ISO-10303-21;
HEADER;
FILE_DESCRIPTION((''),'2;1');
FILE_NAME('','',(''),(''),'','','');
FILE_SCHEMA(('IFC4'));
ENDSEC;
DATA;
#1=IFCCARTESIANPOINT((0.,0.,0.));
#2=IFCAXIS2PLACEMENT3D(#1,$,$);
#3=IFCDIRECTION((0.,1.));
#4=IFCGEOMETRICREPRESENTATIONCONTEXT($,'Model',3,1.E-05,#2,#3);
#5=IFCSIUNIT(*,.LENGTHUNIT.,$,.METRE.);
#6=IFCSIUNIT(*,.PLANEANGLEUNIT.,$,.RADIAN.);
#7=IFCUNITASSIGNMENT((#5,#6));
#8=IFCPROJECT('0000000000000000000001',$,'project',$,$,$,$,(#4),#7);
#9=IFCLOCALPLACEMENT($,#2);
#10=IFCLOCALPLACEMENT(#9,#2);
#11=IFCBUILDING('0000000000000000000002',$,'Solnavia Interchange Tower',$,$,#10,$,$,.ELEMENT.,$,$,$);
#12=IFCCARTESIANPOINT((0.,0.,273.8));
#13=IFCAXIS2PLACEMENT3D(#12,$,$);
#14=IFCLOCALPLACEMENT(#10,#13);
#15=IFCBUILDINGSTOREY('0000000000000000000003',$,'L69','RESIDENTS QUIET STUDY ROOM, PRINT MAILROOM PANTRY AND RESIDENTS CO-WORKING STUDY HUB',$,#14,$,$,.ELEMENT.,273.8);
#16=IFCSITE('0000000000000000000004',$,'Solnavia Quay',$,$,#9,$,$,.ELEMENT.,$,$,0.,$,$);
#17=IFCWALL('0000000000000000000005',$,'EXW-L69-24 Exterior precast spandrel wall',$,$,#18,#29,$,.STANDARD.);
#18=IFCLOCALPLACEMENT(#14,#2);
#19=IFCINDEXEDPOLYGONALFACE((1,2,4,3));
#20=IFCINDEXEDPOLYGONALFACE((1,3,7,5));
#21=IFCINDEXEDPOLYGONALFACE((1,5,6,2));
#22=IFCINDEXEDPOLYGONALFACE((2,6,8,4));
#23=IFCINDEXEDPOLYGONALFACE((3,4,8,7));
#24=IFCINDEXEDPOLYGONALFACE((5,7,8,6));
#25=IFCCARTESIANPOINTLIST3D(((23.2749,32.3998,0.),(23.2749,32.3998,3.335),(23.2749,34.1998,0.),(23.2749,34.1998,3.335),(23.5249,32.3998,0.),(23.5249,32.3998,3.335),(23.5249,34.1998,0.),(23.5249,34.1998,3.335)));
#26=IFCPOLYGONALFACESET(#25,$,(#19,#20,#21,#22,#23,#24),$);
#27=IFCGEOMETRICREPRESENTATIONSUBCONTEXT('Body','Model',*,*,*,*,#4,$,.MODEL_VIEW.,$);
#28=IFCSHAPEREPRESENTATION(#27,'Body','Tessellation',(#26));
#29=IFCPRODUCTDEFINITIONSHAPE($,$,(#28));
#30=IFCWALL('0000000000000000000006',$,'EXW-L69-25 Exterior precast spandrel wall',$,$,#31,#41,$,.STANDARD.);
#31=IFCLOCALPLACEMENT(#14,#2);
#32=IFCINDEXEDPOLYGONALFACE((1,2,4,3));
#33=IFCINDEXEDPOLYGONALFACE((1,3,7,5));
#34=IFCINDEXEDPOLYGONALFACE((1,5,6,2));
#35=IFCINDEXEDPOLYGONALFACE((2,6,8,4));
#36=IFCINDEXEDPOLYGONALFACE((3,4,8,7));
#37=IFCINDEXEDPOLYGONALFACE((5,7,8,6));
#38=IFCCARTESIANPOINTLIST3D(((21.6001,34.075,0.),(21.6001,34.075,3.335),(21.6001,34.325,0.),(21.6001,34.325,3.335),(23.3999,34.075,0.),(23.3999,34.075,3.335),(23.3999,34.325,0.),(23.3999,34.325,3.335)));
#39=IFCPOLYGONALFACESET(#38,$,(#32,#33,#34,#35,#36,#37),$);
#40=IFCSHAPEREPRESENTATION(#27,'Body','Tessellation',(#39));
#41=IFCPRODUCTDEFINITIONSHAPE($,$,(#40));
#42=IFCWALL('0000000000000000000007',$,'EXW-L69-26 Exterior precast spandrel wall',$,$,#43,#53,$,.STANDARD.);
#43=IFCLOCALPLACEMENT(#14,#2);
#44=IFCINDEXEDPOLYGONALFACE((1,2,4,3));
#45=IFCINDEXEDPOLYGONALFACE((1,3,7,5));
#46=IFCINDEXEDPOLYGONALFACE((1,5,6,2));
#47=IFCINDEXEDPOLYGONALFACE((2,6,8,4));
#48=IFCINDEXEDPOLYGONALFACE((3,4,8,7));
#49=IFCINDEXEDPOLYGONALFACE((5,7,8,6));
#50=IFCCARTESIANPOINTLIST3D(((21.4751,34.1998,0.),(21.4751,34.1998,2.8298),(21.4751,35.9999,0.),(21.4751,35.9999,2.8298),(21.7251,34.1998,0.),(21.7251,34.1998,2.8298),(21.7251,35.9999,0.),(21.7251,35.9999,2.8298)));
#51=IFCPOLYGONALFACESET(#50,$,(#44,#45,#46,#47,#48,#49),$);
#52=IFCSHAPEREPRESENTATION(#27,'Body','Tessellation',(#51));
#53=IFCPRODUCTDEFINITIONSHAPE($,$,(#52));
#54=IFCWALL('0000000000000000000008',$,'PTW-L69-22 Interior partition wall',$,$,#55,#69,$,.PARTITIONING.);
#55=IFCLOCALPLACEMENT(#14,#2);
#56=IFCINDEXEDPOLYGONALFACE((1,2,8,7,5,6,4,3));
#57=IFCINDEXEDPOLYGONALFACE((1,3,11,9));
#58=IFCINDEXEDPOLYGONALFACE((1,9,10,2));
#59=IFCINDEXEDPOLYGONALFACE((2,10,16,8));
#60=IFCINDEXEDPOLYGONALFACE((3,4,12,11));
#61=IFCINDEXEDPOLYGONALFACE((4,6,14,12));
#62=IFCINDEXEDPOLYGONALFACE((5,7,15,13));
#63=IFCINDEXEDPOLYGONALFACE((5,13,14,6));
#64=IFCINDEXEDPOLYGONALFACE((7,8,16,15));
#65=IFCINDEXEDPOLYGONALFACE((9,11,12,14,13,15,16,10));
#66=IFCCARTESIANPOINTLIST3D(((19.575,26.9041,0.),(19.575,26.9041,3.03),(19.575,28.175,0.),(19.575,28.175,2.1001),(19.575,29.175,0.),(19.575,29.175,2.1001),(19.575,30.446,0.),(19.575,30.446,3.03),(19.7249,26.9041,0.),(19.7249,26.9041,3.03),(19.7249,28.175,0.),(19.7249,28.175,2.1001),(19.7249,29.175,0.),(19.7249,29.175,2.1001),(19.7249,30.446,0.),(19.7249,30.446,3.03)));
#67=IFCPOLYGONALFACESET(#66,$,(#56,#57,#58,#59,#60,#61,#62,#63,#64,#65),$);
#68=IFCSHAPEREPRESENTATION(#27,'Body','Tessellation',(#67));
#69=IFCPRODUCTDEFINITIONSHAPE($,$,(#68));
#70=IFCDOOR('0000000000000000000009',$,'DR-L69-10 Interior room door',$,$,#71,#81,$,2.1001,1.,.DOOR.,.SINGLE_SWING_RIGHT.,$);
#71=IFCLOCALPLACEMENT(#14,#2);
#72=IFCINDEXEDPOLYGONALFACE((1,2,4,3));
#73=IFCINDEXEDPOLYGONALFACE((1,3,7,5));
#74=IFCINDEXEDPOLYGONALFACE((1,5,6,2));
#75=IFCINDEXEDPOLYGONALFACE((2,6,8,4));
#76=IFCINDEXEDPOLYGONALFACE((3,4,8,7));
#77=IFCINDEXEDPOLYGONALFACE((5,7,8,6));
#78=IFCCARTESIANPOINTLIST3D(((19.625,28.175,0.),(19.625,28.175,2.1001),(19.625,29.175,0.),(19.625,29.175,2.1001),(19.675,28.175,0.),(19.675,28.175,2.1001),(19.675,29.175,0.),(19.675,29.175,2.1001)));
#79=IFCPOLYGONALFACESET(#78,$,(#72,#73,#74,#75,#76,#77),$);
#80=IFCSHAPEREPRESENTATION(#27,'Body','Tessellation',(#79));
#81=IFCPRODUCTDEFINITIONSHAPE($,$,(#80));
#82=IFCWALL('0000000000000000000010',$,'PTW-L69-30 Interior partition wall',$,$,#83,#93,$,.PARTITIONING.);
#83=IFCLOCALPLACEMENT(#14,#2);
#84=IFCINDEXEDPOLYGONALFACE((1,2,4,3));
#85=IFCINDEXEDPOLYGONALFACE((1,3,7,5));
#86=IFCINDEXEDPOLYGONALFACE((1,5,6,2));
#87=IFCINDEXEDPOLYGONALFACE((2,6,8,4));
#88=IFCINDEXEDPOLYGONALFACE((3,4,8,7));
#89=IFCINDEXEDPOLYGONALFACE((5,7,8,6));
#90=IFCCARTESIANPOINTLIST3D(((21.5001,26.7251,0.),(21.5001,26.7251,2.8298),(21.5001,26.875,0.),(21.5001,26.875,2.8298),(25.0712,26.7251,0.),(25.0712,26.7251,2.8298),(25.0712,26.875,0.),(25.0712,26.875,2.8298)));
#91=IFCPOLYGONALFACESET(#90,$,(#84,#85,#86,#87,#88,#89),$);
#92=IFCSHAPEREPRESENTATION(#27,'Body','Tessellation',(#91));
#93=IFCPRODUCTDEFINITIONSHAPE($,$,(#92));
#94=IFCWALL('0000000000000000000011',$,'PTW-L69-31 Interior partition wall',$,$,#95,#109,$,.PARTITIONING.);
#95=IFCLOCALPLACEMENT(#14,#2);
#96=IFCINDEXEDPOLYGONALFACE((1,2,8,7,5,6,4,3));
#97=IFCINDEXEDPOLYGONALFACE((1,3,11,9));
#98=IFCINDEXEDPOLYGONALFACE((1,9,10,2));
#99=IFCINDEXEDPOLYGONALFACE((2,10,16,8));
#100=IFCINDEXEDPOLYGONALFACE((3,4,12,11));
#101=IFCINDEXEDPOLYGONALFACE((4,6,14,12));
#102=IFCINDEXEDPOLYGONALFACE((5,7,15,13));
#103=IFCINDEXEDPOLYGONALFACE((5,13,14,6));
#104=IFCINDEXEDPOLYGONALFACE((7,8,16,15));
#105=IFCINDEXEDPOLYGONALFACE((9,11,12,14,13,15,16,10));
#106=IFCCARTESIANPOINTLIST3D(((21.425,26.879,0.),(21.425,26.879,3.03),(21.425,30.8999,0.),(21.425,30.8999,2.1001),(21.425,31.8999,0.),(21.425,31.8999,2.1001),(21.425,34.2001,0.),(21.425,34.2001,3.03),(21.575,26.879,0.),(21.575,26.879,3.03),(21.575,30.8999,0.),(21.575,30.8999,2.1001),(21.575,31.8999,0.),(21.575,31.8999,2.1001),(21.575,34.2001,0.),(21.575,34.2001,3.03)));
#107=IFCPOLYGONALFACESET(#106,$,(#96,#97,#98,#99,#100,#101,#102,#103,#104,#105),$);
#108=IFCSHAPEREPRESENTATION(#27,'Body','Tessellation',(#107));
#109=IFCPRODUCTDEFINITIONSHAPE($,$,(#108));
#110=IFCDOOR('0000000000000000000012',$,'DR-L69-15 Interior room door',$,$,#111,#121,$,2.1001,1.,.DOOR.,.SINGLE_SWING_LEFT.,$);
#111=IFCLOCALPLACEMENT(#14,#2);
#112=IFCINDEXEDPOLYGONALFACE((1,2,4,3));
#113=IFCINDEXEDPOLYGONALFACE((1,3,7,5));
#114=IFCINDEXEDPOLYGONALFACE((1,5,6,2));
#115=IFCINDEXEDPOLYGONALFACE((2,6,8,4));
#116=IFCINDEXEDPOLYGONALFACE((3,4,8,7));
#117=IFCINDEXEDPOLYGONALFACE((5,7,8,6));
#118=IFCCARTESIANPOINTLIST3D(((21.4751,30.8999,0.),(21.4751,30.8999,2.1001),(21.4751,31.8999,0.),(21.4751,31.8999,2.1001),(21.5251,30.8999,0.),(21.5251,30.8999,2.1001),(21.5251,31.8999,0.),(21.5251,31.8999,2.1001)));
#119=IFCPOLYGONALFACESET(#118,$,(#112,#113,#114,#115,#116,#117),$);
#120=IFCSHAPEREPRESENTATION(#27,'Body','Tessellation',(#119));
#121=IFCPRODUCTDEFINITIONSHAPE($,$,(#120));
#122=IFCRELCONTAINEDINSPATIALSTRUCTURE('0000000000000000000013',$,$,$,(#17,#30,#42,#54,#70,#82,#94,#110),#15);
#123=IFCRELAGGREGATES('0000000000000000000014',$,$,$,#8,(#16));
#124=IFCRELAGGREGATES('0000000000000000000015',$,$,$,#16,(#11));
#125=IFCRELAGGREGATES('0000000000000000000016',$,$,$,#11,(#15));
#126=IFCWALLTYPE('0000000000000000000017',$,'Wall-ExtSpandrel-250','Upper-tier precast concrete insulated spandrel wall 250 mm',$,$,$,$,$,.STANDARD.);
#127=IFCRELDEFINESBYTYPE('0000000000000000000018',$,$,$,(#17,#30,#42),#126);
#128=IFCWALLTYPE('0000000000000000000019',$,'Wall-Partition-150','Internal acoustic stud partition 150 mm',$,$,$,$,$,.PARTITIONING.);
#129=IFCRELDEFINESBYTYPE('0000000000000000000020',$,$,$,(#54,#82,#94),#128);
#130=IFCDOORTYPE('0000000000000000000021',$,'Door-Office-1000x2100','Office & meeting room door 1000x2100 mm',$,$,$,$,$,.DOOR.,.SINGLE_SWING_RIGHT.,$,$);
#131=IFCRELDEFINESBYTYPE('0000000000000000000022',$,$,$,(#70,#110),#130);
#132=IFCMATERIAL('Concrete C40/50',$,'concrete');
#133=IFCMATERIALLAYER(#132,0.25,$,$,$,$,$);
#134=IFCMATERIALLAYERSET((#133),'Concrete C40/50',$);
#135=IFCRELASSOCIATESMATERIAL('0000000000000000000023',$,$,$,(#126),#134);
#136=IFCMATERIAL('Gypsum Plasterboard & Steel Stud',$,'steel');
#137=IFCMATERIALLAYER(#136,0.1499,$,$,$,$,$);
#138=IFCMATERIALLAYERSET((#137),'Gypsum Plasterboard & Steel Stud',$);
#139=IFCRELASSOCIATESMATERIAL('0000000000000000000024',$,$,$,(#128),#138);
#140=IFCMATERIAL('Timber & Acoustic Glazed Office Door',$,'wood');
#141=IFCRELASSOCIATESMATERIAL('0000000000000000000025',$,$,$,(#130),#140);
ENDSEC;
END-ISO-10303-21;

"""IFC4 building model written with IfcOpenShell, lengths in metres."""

from ifc_helpers import new_model, si_unit, direction, frame, frame_2d, origin, place, context, subcontext, project, spatial, rectangle, extrude, material, layer, layer_set, type_object, element, fill, save


model = new_model("IFC4")

# Units and contexts
model_context = context("Model", 3, precision=1e-05, world=origin(), true_north=direction((0.0, 1.0)))
body_context = subcontext(model_context, "Body", "Model", "MODEL_VIEW")
ifc_project = project(units=[si_unit("LENGTHUNIT", "METRE"), si_unit("PLANEANGLEUNIT", "RADIAN")], contexts=[model_context])

# Site, building, storey
site_placement = place(None, origin())
site = spatial("IfcSite", under=ifc_project, at=site_placement, Name="Solnavia Quay", CompositionType="ELEMENT", RefElevation=0.0)
building_placement = place(site_placement, origin())
building = spatial("IfcBuilding", under=site, at=building_placement, Name="Solnavia Interchange Tower", CompositionType="ELEMENT")
storey_placement = place(building_placement, frame((0.0, 0.0, 273.8)))
storey = spatial("IfcBuildingStorey", under=building, at=storey_placement, Name="L69", Description="RESIDENTS QUIET STUDY ROOM, PRINT MAILROOM PANTRY AND RESIDENTS CO-WORKING STUDY HUB", CompositionType="ELEMENT", Elevation=273.8)

# Shared definitions
ifc_material_1 = material(Name="Concrete C40/50", Category="concrete")
ifc_layer_1 = layer(ifc_material_1, 0.25)
ifc_layer_set_1 = layer_set([ifc_layer_1], Name="Concrete C40/50")
wall_type_1 = type_object("IfcWallType", Name="Wall-ExtSpandrel-250", Description="Upper-tier precast concrete insulated spandrel wall 250 mm", PredefinedType="STANDARD", material=ifc_layer_set_1)

# Walls
wall_1_placement = place(storey_placement, frame((23.3999, 32.3999, 0.0), z_axis=(0.0, 0.0, 1.0), x_axis=(0.0, 1.0, 0.0)))
element("IfcWall", 1, at=wall_1_placement, inside=storey, type_object=wall_type_1, Name="EXW-L69-24 Exterior precast spandrel wall", PredefinedType="STANDARD", context=body_context, shape_type="SweptSolid", body=[
    extrude(rectangle(XDim=1.8, YDim=0.25, at=frame_2d((0.8999, 0.0))), origin(), (0.0, 0.0, 1.0), 3.335),
])
wall_2_placement = place(storey_placement, frame((21.6001, 34.2, 0.0), z_axis=(0.0, 0.0, 1.0), x_axis=(1.0, 0.0, 0.0)))
element("IfcWall", 2, at=wall_2_placement, inside=storey, type_object=wall_type_1, Name="EXW-L69-25 Exterior precast spandrel wall", PredefinedType="STANDARD", context=body_context, shape_type="SweptSolid", body=[
    extrude(rectangle(XDim=1.7998, YDim=0.25, at=frame_2d((0.8999, 0.0))), origin(), (0.0, 0.0, 1.0), 3.335),
])
wall_3_placement = place(storey_placement, frame((21.6001, 34.2, 0.0), z_axis=(0.0, 0.0, 1.0), x_axis=(0.0, 1.0, 0.0)))
element("IfcWall", 3, at=wall_3_placement, inside=storey, type_object=wall_type_1, Name="EXW-L69-26 Exterior precast spandrel wall", PredefinedType="STANDARD", context=body_context, shape_type="SweptSolid", body=[
    extrude(rectangle(XDim=1.8, YDim=0.25, at=frame_2d((0.8999, 0.0))), origin(), (0.0, 0.0, 1.0), 2.8298),
])

# Wall, opening, door
ifc_material_2 = material(Name="Gypsum Plasterboard & Steel Stud", Category="steel")
ifc_layer_2 = layer(ifc_material_2, 0.1499)
ifc_layer_set_2 = layer_set([ifc_layer_2], Name="Gypsum Plasterboard & Steel Stud")
wall_type_2 = type_object("IfcWallType", Name="Wall-Partition-150", Description="Internal acoustic stud partition 150 mm", PredefinedType="PARTITIONING", material=ifc_layer_set_2)
wall_4_placement = place(storey_placement, frame((19.6499, 26.9041, 0.0), z_axis=(0.0, 0.0, 1.0), x_axis=(0.0, 1.0, 0.0)))
wall_4 = element("IfcWall", 4, at=wall_4_placement, inside=storey, type_object=wall_type_2, Name="PTW-L69-22 Interior partition wall", PredefinedType="PARTITIONING", context=body_context, shape_type="SweptSolid", body=[
    extrude(rectangle(XDim=3.542, YDim=0.1499, at=frame_2d((1.771, 0.0))), origin(), (0.0, 0.0, 1.0), 3.03),
])
opening_1_placement = place(wall_4_placement, frame((1.271, 0.0, 0.0)))
opening_1 = element("IfcOpeningElement", 5, at=opening_1_placement, cuts=wall_4, PredefinedType="OPENING", context=body_context, shape_type="SweptSolid", body=[
    extrude(rectangle(XDim=1.0, YDim=2.1001, at=frame_2d((0.5, 1.05))), frame((0.0, 0.085, 0.0), z_axis=(0.0, -1.0, 0.0), x_axis=(1.0, 0.0, 0.0)), (0.0, 0.0, 1.0), 0.1699),
])
ifc_material_3 = material(Name="Timber & Acoustic Glazed Office Door", Category="wood")
door_type_1 = type_object("IfcDoorType", Name="Door-Office-1000x2100", Description="Office & meeting room door 1000x2100 mm", OperationType="SINGLE_SWING_RIGHT", PredefinedType="DOOR", material=ifc_material_3)
door_1_placement = place(opening_1_placement, origin())
door_1 = element("IfcDoor", 6, at=door_1_placement, inside=storey, type_object=door_type_1, Name="DR-L69-10 Interior room door", OperationType="SINGLE_SWING_RIGHT", OverallHeight=2.1001, OverallWidth=1.0, PredefinedType="DOOR", context=body_context, shape_type="SweptSolid", body=[
    extrude(rectangle(XDim=1.0, YDim=2.1001, at=frame_2d((0.5, 1.05))), frame((0.0, 0.0249, 0.0), z_axis=(0.0, -1.0, 0.0), x_axis=(1.0, 0.0, 0.0)), (0.0, 0.0, 1.0), 0.05),
])
fill(opening_1, door_1)

# Wall
wall_5_placement = place(storey_placement, frame((21.5, 26.8, 0.0), z_axis=(0.0, 0.0, 1.0), x_axis=(1.0, 0.0, 0.0)))
element("IfcWall", 7, at=wall_5_placement, inside=storey, type_object=wall_type_2, Name="PTW-L69-30 Interior partition wall", PredefinedType="PARTITIONING", context=body_context, shape_type="SweptSolid", body=[
    extrude(rectangle(XDim=3.571, YDim=0.1499, at=frame_2d((1.7856, 0.0))), origin(), (0.0, 0.0, 1.0), 2.8298),
])

# Wall, opening, door
wall_6_placement = place(storey_placement, frame((21.5, 26.8789, 0.0), z_axis=(0.0, 0.0, 1.0), x_axis=(0.0, 1.0, 0.0)))
wall_6 = element("IfcWall", 8, at=wall_6_placement, inside=storey, type_object=wall_type_2, Name="PTW-L69-31 Interior partition wall", PredefinedType="PARTITIONING", context=body_context, shape_type="SweptSolid", body=[
    extrude(rectangle(XDim=7.321, YDim=0.1499, at=frame_2d((3.6606, 0.0))), origin(), (0.0, 0.0, 1.0), 3.03),
])
opening_2_placement = place(wall_6_placement, frame((4.021, 0.0, 0.0)))
opening_2 = element("IfcOpeningElement", 9, at=opening_2_placement, cuts=wall_6, PredefinedType="OPENING", context=body_context, shape_type="SweptSolid", body=[
    extrude(rectangle(XDim=1.0, YDim=2.1001, at=frame_2d((0.5, 1.05))), frame((0.0, 0.085, 0.0), z_axis=(0.0, -1.0, 0.0), x_axis=(1.0, 0.0, 0.0)), (0.0, 0.0, 1.0), 0.1699),
])
door_2_placement = place(opening_2_placement, origin())
door_2 = element("IfcDoor", 10, at=door_2_placement, inside=storey, type_object=door_type_1, Name="DR-L69-15 Interior room door", OperationType="SINGLE_SWING_LEFT", OverallHeight=2.1001, OverallWidth=1.0, PredefinedType="DOOR", context=body_context, shape_type="SweptSolid", body=[
    extrude(rectangle(XDim=1.0, YDim=2.1001, at=frame_2d((0.5, 1.05))), frame((0.0, 0.0249, 0.0), z_axis=(0.0, -1.0, 0.0), x_axis=(1.0, 0.0, 0.0)), (0.0, 0.0, 1.0), 0.05),
])
fill(opening_2, door_2)

save(model, "model.ifc")
